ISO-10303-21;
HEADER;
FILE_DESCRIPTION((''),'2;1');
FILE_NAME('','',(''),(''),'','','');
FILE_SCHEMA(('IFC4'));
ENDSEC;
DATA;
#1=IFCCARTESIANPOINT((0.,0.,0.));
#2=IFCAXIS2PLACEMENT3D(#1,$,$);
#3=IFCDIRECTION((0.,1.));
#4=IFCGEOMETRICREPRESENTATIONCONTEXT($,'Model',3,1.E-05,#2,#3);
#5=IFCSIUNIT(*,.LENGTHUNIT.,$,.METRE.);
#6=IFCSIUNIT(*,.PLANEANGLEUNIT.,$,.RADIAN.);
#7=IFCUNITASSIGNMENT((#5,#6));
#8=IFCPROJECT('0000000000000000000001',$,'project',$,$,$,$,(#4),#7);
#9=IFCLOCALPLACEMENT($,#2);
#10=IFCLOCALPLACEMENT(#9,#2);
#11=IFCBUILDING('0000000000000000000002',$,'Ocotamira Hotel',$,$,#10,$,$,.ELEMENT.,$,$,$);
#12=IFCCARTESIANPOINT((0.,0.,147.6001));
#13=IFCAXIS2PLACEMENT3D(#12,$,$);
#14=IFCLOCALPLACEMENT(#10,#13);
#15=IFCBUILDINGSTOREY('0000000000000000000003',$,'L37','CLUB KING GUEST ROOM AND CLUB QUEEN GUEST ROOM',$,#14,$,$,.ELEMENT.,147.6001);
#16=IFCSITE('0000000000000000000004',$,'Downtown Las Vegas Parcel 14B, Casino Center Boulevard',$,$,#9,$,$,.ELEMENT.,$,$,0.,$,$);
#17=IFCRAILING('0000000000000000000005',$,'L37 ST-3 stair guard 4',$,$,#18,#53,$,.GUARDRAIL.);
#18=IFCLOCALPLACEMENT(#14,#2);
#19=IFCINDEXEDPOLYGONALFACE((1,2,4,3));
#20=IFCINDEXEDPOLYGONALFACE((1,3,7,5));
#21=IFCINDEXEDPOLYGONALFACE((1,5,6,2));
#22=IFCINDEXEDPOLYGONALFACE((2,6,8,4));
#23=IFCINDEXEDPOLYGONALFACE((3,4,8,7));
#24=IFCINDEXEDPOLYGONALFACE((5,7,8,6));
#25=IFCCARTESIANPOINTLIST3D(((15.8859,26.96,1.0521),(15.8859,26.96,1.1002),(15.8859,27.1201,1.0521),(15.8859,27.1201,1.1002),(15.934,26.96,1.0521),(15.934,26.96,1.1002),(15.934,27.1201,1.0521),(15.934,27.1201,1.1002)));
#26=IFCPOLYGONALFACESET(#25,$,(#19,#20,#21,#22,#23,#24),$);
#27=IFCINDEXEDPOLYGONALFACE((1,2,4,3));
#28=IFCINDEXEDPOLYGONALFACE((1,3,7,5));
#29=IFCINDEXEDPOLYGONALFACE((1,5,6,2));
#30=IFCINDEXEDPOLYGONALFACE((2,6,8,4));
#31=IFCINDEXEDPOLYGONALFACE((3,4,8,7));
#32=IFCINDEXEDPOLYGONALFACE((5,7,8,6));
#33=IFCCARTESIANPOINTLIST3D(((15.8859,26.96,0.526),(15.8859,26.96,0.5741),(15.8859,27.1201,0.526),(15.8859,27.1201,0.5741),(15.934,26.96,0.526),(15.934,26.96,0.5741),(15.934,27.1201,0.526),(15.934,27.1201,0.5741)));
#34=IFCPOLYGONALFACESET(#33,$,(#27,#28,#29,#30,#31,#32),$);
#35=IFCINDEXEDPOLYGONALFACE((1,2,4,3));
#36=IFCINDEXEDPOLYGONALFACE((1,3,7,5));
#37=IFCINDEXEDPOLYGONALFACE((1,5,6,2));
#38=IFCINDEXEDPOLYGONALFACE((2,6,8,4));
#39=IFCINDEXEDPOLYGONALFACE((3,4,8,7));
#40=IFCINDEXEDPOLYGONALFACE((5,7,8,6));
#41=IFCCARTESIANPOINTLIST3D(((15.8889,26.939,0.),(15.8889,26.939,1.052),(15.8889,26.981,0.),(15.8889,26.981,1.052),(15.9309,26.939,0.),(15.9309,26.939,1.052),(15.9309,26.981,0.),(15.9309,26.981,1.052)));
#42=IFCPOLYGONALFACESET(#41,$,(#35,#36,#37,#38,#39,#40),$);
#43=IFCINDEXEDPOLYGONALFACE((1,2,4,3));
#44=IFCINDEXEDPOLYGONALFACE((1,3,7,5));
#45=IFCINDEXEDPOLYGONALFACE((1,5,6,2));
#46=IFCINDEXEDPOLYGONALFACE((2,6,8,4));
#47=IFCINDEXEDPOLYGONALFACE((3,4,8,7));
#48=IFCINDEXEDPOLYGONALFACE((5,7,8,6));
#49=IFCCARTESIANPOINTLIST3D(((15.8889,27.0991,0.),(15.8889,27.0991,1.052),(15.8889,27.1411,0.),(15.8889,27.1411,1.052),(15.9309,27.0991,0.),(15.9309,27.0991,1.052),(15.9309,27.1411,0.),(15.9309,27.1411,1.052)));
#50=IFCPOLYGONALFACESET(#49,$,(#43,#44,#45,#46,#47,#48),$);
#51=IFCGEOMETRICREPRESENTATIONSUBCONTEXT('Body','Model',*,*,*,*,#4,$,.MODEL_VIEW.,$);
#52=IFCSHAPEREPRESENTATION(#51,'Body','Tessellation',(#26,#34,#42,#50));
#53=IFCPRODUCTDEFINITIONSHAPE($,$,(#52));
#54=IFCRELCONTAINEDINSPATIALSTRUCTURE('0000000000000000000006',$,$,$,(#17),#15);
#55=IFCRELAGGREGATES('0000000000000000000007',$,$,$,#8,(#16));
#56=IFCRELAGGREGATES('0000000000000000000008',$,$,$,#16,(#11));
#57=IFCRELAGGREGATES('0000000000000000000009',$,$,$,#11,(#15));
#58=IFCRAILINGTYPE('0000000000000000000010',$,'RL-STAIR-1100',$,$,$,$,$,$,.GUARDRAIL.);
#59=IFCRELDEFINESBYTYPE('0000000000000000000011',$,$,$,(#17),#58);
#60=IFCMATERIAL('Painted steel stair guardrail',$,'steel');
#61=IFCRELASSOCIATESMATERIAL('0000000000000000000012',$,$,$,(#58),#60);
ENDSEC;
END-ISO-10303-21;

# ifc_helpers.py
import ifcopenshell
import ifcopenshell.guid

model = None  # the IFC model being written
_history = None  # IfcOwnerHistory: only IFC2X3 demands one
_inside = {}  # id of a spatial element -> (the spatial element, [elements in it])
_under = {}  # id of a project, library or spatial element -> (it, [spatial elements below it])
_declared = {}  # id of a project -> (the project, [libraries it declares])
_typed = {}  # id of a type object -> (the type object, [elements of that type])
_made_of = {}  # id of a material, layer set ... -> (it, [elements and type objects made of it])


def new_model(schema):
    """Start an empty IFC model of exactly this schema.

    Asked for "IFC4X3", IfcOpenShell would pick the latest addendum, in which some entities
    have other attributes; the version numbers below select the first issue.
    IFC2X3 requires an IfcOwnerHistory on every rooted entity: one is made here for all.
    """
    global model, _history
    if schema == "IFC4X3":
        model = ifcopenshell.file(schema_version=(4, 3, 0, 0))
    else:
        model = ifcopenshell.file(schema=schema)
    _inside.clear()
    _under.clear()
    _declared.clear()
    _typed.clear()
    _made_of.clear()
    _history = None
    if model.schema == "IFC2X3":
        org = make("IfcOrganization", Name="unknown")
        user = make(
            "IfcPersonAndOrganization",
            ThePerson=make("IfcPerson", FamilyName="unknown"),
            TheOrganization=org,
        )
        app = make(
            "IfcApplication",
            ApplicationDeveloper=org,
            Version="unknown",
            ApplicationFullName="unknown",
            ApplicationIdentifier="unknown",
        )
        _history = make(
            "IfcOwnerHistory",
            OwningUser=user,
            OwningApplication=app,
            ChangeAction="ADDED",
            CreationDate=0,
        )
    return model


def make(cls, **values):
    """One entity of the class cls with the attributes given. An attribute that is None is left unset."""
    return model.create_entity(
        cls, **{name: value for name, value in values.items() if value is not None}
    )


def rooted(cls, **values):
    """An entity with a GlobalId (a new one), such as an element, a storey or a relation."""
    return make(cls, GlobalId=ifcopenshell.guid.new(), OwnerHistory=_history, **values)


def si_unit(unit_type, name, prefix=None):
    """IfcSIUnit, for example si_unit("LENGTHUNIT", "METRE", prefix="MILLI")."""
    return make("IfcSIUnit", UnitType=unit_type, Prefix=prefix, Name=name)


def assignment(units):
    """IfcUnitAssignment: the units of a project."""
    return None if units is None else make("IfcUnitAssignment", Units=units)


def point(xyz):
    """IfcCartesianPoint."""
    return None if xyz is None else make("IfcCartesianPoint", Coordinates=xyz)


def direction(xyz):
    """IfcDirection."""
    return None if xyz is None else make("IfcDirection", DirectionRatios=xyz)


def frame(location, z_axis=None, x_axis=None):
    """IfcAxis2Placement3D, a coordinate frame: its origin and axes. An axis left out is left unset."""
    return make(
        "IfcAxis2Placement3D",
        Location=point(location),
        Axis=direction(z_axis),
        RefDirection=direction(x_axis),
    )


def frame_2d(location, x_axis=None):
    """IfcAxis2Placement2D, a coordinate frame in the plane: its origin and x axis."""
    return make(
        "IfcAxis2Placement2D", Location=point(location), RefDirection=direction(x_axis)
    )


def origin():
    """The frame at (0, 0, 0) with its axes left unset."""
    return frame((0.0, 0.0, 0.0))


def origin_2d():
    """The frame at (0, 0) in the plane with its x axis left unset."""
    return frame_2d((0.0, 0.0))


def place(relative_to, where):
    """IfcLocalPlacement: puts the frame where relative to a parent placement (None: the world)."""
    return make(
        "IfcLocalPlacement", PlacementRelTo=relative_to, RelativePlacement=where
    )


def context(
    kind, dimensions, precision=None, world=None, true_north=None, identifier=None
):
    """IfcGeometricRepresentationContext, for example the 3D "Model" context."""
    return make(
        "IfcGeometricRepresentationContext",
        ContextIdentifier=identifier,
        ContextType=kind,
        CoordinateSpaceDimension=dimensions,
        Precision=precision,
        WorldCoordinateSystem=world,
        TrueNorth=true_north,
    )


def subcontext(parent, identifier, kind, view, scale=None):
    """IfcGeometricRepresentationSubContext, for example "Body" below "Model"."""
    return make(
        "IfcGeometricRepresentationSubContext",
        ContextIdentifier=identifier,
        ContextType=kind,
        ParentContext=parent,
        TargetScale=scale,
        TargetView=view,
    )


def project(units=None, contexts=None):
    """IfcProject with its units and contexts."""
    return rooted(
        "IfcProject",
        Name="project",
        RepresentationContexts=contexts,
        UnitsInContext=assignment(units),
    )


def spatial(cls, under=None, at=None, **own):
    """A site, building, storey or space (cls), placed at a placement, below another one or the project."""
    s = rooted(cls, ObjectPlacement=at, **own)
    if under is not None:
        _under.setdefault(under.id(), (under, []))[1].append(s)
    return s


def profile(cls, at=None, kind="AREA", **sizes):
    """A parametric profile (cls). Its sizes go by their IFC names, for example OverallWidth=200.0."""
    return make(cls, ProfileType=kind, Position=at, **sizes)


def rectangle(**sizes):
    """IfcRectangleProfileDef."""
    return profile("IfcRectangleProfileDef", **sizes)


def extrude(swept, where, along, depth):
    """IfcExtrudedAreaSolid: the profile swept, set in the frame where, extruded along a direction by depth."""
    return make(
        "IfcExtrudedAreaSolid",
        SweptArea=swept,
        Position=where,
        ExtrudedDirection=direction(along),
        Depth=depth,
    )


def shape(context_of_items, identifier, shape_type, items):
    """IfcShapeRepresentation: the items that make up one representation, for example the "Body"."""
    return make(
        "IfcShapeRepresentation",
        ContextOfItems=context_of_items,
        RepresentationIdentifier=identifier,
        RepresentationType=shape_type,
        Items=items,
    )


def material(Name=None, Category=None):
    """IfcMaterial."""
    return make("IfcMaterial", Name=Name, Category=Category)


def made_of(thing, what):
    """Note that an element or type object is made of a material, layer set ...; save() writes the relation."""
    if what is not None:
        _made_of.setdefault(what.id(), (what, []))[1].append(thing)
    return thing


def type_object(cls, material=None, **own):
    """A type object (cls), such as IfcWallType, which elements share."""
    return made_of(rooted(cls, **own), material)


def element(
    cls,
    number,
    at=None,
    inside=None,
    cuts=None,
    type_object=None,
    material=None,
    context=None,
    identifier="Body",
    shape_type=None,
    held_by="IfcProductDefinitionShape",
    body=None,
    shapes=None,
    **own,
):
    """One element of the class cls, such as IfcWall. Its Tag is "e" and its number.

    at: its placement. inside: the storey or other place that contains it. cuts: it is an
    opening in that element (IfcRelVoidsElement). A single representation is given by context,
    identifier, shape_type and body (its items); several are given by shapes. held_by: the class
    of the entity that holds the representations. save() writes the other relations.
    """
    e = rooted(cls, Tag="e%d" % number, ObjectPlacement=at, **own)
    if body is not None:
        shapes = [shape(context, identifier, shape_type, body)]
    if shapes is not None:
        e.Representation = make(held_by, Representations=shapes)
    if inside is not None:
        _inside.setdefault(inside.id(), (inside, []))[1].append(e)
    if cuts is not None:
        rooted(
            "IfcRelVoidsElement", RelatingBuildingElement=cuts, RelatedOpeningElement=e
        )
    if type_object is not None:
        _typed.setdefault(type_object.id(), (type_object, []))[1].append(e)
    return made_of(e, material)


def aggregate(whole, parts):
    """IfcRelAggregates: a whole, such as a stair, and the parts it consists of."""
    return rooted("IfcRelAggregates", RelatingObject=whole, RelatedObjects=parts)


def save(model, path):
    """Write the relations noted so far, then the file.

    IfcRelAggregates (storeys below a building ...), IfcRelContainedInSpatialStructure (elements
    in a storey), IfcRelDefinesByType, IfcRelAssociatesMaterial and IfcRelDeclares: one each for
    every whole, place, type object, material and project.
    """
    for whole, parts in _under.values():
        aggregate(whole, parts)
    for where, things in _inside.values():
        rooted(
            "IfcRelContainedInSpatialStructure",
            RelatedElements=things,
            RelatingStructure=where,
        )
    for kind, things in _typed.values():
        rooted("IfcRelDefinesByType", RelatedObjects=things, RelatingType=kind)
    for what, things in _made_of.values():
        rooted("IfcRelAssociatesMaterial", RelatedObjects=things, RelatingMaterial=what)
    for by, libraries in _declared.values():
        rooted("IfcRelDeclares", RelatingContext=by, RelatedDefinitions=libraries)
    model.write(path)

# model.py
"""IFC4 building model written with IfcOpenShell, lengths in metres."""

from ifc_helpers import new_model, si_unit, direction, frame, origin, origin_2d, place, context, subcontext, project, spatial, rectangle, extrude, material, type_object, element, save


model = new_model("IFC4")

# Units and contexts
model_context = context("Model", 3, precision=1e-05, world=origin(), true_north=direction((0.0, 1.0)))
body_context = subcontext(model_context, "Body", "Model", "MODEL_VIEW")
ifc_project = project(units=[si_unit("LENGTHUNIT", "METRE"), si_unit("PLANEANGLEUNIT", "RADIAN")], contexts=[model_context])

# Site, building, storey
site_placement = place(None, origin())
site = spatial("IfcSite", under=ifc_project, at=site_placement, Name="Downtown Las Vegas Parcel 14B, Casino Center Boulevard", CompositionType="ELEMENT", RefElevation=0.0)
building_placement = place(site_placement, origin())
building = spatial("IfcBuilding", under=site, at=building_placement, Name="Ocotamira Hotel", CompositionType="ELEMENT")
storey_placement = place(building_placement, frame((0.0, 0.0, 147.6001)))
storey = spatial("IfcBuildingStorey", under=building, at=storey_placement, Name="L37", Description="CLUB KING GUEST ROOM AND CLUB QUEEN GUEST ROOM", CompositionType="ELEMENT", Elevation=147.6001)

# Railing
ifc_material_1 = material(Name="Painted steel stair guardrail", Category="steel")
railing_type_1 = type_object("IfcRailingType", Name="RL-STAIR-1100", PredefinedType="GUARDRAIL", material=ifc_material_1)
railing_1_placement = place(storey_placement, frame((15.9099, 26.96, 0.0)))
element("IfcRailing", 1, at=railing_1_placement, inside=storey, type_object=railing_type_1, Name="L37 ST-3 stair guard 4", PredefinedType="GUARDRAIL", context=body_context, shape_type="SweptSolid", body=[
    extrude(rectangle(XDim=0.0481, YDim=0.0481, at=origin_2d()), frame((0.0, 0.0, 1.0762), z_axis=(0.0, 1.0, 0.0), x_axis=(-1.0, 0.0, 0.0)), (0.0, 0.0, 1.0), 0.1602),
    extrude(rectangle(XDim=0.0481, YDim=0.0481, at=origin_2d()), frame((0.0, 0.0, 0.55), z_axis=(0.0, 1.0, 0.0), x_axis=(-1.0, 0.0, 0.0)), (0.0, 0.0, 1.0), 0.1602),
    extrude(rectangle(XDim=0.042, YDim=0.042, at=origin_2d()), origin(), (0.0, 0.0, 1.0), 1.052),
    extrude(rectangle(XDim=0.042, YDim=0.042, at=origin_2d()), frame((0.0, 0.1602, 0.0)), (0.0, 0.0, 1.0), 1.052),
])

save(model, "model.ifc")
